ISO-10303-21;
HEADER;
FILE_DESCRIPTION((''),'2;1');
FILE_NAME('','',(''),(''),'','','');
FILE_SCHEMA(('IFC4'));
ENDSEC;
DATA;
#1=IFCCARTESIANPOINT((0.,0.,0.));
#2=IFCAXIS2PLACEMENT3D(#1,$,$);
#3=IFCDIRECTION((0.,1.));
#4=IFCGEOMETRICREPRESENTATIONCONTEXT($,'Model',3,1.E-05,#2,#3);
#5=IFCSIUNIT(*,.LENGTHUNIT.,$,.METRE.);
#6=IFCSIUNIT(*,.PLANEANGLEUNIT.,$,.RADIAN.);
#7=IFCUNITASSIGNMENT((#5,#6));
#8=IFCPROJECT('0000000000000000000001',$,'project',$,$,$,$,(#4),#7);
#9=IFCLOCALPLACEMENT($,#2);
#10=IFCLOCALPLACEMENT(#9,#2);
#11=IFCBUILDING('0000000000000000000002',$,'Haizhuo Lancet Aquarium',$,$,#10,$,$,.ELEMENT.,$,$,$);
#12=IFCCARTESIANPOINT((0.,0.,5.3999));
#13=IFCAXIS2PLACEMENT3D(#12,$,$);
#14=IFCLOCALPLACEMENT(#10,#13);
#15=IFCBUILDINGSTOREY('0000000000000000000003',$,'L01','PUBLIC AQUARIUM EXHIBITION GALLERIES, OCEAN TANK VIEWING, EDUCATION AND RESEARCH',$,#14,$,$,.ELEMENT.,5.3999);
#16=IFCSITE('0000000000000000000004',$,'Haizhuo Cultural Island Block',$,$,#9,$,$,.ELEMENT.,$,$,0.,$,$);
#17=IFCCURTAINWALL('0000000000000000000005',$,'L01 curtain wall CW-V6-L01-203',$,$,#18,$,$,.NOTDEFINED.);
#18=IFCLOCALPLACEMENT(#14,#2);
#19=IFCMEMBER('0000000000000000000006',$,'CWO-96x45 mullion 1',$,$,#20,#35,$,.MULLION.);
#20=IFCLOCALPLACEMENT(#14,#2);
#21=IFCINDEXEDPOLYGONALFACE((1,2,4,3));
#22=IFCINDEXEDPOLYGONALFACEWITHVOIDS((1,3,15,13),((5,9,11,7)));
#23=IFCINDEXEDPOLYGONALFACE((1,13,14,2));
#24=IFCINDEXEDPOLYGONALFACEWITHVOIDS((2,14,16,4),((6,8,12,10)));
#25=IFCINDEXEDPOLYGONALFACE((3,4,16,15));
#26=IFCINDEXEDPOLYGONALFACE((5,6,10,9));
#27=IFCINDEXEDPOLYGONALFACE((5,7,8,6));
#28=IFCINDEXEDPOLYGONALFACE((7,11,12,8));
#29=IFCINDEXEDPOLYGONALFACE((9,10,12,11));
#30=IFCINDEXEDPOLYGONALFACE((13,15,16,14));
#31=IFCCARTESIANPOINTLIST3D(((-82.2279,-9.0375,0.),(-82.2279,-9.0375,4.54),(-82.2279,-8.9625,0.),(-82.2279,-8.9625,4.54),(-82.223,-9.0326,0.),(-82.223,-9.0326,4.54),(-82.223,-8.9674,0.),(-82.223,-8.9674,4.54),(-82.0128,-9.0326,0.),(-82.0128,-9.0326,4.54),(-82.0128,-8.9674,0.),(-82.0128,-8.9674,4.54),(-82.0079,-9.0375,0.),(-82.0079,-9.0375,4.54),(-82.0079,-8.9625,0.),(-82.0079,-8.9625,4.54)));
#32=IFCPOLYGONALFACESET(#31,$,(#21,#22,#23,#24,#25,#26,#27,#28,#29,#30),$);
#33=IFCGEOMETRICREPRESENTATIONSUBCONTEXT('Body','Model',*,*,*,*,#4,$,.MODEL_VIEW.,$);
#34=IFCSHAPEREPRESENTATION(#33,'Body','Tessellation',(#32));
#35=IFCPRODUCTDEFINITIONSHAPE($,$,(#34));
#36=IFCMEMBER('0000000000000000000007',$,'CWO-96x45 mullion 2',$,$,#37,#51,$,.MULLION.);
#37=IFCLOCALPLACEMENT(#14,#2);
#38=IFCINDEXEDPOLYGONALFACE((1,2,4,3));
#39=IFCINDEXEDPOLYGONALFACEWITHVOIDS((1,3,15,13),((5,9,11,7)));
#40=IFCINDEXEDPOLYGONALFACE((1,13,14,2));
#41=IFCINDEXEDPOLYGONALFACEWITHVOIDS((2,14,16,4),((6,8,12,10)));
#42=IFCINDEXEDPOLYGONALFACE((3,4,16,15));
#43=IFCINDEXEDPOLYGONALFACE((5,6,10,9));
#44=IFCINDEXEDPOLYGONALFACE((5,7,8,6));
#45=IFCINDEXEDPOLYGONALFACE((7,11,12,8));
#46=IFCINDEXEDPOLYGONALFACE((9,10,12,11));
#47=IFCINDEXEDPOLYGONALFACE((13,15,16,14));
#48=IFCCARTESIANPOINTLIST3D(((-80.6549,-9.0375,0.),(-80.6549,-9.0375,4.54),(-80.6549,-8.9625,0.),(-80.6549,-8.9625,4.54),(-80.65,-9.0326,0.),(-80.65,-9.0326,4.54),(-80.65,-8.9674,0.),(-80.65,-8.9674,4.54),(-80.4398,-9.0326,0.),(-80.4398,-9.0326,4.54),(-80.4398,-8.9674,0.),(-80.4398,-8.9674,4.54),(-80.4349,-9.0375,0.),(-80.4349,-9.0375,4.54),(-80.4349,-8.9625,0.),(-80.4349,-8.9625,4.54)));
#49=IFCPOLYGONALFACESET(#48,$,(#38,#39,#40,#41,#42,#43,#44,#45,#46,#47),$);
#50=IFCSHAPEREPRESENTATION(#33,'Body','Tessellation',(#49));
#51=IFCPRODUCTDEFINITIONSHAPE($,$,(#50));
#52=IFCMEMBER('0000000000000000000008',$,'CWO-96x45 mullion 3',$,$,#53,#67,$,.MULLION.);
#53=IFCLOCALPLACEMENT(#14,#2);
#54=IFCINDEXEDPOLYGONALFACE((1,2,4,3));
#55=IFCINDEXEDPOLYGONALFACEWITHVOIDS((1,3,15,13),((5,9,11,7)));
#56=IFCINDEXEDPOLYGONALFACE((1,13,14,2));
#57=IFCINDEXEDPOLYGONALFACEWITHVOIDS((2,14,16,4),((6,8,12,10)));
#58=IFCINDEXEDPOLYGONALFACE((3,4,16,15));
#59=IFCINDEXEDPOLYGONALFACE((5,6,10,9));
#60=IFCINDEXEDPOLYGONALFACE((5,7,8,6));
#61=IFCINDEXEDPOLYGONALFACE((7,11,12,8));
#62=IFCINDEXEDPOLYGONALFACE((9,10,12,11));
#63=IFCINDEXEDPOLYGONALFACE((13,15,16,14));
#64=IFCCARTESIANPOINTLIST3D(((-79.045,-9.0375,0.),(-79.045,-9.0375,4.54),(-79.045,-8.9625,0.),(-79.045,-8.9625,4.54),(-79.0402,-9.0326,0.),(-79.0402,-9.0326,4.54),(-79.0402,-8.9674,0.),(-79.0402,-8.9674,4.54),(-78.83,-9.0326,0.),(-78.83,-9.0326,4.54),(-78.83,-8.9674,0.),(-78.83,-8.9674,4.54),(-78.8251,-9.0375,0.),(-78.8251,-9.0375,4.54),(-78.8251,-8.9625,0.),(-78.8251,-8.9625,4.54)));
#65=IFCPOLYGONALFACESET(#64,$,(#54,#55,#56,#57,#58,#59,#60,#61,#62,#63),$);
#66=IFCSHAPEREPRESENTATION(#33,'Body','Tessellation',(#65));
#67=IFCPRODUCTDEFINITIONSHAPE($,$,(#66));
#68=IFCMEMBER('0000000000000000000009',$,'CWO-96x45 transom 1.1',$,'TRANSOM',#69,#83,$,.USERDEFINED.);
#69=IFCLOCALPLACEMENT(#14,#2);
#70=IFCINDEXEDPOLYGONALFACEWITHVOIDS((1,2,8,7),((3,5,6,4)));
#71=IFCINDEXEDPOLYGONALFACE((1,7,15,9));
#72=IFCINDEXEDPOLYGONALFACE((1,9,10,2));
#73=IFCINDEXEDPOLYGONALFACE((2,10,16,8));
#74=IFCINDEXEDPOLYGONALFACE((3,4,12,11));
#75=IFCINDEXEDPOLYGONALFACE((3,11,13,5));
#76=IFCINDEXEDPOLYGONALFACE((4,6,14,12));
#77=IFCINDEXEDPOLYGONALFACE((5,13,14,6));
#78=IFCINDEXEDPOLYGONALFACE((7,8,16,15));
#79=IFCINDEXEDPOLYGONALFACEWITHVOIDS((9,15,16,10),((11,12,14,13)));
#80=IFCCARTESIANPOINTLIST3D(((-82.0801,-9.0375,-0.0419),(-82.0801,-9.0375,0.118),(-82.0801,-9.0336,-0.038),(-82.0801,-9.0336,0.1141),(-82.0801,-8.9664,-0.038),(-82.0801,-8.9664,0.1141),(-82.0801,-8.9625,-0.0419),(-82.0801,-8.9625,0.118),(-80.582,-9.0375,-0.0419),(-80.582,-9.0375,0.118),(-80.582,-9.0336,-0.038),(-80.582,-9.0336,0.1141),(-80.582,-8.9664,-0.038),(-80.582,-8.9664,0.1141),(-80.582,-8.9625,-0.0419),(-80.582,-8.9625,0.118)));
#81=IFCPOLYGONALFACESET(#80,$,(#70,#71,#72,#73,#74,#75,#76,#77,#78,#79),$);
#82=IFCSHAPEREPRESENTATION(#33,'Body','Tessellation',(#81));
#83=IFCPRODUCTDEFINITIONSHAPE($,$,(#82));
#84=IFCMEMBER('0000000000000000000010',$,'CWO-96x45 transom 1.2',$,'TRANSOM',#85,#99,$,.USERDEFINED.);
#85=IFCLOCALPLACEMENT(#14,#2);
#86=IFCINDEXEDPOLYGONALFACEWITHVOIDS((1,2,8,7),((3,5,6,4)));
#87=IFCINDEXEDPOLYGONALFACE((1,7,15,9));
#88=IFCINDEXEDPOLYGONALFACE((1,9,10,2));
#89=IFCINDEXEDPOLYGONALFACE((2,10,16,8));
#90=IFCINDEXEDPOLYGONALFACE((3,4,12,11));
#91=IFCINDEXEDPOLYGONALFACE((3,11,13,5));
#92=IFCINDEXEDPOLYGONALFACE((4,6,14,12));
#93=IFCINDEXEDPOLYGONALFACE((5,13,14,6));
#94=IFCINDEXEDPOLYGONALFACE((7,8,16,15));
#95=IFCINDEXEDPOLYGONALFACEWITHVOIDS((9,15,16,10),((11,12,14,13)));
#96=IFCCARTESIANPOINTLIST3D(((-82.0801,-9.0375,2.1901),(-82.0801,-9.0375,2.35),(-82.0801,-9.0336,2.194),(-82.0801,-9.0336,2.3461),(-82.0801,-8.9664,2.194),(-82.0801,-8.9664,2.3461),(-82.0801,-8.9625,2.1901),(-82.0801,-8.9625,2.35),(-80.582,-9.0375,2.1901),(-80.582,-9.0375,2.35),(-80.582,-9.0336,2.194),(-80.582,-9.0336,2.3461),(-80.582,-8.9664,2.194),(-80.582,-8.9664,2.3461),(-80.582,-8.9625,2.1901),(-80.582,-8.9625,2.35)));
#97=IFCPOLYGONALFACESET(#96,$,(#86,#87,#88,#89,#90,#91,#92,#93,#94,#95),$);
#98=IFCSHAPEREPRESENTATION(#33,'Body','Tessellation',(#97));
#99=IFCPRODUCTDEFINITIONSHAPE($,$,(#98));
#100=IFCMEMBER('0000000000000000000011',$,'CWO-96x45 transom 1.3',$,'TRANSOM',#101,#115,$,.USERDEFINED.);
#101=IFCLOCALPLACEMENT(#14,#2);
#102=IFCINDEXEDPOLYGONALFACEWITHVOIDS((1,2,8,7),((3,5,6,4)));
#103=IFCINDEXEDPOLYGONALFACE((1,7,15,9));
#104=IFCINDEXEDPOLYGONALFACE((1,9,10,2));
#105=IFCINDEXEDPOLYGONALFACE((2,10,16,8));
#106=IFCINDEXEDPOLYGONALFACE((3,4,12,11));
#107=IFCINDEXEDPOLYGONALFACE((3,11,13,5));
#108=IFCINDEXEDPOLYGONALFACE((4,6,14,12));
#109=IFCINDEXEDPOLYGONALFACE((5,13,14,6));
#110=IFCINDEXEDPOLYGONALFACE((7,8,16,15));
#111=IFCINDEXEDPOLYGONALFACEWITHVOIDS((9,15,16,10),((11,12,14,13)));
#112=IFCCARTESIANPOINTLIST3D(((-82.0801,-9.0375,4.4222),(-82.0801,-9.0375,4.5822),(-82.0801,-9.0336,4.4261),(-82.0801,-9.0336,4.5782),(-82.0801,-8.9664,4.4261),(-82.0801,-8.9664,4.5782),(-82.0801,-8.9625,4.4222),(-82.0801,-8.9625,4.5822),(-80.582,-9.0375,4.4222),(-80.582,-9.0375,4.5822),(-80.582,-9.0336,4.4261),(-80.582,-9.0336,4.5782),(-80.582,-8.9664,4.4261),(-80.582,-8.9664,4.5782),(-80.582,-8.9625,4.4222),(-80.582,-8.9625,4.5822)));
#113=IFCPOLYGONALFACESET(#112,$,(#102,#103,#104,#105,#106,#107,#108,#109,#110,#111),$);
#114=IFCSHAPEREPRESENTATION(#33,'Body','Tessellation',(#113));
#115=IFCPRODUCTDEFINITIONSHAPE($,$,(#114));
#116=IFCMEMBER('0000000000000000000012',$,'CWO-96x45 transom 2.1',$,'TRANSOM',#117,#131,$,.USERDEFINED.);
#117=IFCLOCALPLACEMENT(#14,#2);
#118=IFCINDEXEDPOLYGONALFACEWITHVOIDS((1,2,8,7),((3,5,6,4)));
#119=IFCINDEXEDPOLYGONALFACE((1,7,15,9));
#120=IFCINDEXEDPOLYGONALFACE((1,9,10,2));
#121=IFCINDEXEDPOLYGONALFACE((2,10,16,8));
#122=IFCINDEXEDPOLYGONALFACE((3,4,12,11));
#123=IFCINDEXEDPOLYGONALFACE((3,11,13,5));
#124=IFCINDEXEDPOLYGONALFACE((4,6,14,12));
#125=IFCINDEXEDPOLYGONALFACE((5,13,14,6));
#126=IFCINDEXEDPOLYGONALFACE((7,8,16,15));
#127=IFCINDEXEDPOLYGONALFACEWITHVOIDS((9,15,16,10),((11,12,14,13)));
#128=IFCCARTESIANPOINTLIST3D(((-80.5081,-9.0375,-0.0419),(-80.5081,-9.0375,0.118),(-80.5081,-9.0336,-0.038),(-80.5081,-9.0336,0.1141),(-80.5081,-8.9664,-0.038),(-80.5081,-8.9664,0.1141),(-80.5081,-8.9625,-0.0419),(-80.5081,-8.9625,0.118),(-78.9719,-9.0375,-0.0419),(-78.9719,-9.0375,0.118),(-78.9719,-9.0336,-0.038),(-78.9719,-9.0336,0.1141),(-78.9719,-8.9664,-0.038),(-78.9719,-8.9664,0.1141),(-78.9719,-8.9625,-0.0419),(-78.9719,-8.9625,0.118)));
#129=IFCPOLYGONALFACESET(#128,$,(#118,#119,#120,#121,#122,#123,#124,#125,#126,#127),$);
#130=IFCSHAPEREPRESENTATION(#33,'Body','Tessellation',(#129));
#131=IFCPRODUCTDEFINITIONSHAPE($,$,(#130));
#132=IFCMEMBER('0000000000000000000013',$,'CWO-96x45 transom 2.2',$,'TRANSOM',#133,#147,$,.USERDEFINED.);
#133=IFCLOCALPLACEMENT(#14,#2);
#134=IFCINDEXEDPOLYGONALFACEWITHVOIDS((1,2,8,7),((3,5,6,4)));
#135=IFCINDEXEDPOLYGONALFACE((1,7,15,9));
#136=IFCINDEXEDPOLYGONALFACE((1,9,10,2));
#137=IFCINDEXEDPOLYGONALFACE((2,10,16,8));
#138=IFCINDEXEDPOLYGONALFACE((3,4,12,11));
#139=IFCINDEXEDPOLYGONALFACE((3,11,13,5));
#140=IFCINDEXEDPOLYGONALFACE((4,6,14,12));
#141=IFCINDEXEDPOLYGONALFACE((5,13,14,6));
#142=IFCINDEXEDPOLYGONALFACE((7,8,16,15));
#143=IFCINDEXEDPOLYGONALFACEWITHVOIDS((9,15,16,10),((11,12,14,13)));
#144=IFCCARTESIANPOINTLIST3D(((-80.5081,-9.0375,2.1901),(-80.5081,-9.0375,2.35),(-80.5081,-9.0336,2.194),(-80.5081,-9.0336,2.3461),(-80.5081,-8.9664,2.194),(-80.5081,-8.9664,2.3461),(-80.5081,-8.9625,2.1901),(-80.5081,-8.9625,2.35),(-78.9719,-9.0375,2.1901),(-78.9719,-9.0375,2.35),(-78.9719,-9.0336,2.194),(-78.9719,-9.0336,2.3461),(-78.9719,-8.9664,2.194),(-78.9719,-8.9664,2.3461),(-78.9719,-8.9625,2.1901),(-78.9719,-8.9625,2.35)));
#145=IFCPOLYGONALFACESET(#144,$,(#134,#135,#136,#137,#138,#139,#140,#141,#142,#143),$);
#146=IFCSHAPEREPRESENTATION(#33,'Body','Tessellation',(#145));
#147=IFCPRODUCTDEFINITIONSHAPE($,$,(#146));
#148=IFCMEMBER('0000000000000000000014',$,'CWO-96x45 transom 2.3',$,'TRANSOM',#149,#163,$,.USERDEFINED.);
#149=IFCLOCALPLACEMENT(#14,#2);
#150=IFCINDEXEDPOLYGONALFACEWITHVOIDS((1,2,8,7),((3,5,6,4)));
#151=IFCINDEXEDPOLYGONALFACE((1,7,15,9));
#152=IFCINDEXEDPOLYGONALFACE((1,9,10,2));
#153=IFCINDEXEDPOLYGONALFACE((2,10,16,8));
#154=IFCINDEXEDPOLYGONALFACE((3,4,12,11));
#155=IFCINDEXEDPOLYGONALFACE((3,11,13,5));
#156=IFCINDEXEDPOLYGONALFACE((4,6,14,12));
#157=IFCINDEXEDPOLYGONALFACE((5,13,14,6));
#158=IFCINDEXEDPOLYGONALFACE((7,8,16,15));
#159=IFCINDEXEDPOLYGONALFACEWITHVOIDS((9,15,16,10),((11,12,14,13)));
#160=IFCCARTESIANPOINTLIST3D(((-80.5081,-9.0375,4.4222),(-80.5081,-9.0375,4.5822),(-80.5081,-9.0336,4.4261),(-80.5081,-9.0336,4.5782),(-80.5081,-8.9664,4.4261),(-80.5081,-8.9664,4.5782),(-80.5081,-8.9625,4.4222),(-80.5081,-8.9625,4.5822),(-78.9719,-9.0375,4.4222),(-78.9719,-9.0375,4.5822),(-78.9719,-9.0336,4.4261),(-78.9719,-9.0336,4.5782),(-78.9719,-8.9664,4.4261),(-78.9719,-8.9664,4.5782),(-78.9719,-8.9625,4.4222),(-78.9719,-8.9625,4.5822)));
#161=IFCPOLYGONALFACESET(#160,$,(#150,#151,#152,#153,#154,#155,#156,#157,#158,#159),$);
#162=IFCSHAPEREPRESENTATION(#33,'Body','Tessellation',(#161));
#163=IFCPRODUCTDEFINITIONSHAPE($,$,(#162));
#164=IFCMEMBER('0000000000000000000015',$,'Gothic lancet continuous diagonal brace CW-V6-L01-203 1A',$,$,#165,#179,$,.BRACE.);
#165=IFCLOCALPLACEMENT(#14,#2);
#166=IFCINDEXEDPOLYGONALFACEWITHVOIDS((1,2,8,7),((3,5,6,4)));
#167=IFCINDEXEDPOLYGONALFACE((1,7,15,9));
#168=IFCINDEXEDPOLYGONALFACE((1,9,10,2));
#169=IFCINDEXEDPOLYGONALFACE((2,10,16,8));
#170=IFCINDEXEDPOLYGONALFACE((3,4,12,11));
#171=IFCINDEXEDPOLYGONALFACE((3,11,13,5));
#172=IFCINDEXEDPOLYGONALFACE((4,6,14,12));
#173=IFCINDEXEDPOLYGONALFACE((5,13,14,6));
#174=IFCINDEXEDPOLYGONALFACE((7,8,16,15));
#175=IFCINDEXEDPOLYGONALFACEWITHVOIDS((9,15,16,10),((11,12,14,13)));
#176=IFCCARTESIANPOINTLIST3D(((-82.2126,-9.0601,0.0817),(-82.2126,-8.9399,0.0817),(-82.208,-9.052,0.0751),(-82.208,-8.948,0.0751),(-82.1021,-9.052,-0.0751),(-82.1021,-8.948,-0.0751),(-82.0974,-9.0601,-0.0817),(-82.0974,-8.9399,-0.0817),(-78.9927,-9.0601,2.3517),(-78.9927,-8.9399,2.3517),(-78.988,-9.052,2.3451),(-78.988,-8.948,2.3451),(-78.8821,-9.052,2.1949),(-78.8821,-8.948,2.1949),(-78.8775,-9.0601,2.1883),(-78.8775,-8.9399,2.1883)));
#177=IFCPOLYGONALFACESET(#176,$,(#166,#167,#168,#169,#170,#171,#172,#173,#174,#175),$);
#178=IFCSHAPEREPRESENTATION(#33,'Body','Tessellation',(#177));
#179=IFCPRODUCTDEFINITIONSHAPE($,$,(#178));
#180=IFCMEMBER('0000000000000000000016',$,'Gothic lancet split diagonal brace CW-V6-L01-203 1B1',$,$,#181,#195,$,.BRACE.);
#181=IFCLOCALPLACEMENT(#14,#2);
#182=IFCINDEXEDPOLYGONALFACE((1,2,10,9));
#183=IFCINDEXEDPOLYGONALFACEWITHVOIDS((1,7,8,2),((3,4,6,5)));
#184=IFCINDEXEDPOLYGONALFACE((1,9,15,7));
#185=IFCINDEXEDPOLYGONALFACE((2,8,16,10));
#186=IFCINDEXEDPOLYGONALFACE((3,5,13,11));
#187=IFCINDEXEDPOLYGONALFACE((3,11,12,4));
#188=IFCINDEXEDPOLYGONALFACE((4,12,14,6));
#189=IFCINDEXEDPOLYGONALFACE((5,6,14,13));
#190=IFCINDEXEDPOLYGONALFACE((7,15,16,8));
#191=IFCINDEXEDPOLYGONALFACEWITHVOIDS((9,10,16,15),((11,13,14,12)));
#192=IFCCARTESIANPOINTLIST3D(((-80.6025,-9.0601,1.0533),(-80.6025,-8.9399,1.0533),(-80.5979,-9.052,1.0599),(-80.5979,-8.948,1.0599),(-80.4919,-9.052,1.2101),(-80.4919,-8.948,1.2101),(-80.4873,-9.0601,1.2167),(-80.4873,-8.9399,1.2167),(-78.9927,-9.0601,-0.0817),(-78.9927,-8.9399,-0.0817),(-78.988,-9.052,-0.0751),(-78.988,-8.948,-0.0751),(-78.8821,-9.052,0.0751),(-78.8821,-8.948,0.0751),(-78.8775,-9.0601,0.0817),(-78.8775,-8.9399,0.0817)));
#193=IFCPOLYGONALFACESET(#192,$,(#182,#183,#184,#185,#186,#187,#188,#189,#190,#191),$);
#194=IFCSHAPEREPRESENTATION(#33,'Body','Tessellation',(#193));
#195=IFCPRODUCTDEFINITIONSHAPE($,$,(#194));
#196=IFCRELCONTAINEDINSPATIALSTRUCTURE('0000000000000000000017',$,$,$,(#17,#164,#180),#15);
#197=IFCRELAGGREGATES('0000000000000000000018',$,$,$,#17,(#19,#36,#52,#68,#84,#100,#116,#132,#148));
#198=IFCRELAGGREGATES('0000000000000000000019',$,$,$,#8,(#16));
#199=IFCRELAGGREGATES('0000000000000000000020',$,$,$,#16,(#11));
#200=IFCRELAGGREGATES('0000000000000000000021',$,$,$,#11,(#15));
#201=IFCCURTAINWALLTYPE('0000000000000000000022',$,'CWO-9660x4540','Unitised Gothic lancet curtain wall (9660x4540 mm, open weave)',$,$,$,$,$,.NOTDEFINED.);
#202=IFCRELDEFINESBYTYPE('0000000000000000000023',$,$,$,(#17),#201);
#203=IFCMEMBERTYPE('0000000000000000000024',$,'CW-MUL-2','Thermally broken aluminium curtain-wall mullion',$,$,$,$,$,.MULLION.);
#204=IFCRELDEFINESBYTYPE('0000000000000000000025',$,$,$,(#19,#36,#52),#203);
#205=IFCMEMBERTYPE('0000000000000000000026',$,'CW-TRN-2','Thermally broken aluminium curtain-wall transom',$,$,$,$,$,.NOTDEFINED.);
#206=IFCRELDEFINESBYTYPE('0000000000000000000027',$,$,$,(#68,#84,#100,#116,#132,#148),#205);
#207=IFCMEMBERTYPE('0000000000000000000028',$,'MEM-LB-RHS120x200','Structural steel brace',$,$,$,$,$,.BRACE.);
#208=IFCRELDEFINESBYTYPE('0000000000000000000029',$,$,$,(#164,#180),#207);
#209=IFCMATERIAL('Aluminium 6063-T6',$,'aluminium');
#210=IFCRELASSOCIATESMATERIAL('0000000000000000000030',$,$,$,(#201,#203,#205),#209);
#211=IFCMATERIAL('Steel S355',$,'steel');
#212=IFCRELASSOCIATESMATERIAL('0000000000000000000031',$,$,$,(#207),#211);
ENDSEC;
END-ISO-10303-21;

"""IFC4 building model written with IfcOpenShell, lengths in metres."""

from ifc_helpers import new_model, si_unit, direction, frame, origin, origin_2d, place, context, subcontext, project, spatial, hollow_rectangle, extrude, material, material_profile, profile_set, type_object, element, aggregate, save


model = new_model("IFC4")

# Units and contexts
model_context = context("Model", 3, precision=1e-05, world=origin(), true_north=direction((0.0, 1.0)))
body_context = subcontext(model_context, "Body", "Model", "MODEL_VIEW")
ifc_project = project(units=[si_unit("LENGTHUNIT", "METRE"), si_unit("PLANEANGLEUNIT", "RADIAN")], contexts=[model_context])

# Site, building, storey
site_placement = place(None, origin())
site = spatial("IfcSite", under=ifc_project, at=site_placement, Name="Haizhuo Cultural Island Block", CompositionType="ELEMENT", RefElevation=0.0)
building_placement = place(site_placement, origin())
building = spatial("IfcBuilding", under=site, at=building_placement, Name="Haizhuo Lancet Aquarium", CompositionType="ELEMENT")
storey_placement = place(building_placement, frame((0.0, 0.0, 5.3999)))
storey = spatial("IfcBuildingStorey", under=building, at=storey_placement, Name="L01", Description="PUBLIC AQUARIUM EXHIBITION GALLERIES, OCEAN TANK VIEWING, EDUCATION AND RESEARCH", CompositionType="ELEMENT", Elevation=5.3999)

# Curtain wall, members
ifc_material_1 = material(Name="Aluminium 6063-T6", Category="aluminium")
curtain_wall_type = type_object("IfcCurtainWallType", Name="CWO-9660x4540", Description="Unitised Gothic lancet curtain wall (9660x4540 mm, open weave)", PredefinedType="NOTDEFINED", material=ifc_material_1)
curtain_wall_placement = place(storey_placement, origin())
curtain_wall = element("IfcCurtainWall", 1, at=curtain_wall_placement, inside=storey, type_object=curtain_wall_type, Name="L01 curtain wall CW-V6-L01-203", PredefinedType="NOTDEFINED")
ifc_material_profile_1 = material_profile(ifc_material_1, hollow_rectangle(XDim=0.075, YDim=0.22, WallThickness=0.0049, at=origin_2d()), Name="ALU-M 75x220x5")
ifc_profile_set_1 = profile_set([ifc_material_profile_1], Name="Aluminium 6063-T6")
member_type_1 = type_object("IfcMemberType", Name="CW-MUL-2", Description="Thermally broken aluminium curtain-wall mullion", PredefinedType="MULLION", material=ifc_profile_set_1)
member_1_placement = place(storey_placement, frame((-82.1179, -9.0, 0.0), z_axis=(0.0, 0.0, 1.0), x_axis=(0.0, 1.0, 0.0)))
member_1 = element("IfcMember", 2, at=member_1_placement, type_object=member_type_1, Name="CWO-96x45 mullion 1", PredefinedType="MULLION", context=body_context, shape_type="SweptSolid", body=[
    extrude(hollow_rectangle(XDim=0.075, YDim=0.22, WallThickness=0.0049, at=origin_2d()), origin(), (0.0, 0.0, 1.0), 4.54),
])
member_2_placement = place(storey_placement, frame((-80.5449, -9.0, 0.0), z_axis=(0.0, 0.0, 1.0), x_axis=(0.0, 1.0, 0.0)))
member_2 = element("IfcMember", 3, at=member_2_placement, type_object=member_type_1, Name="CWO-96x45 mullion 2", PredefinedType="MULLION", context=body_context, shape_type="SweptSolid", body=[
    extrude(hollow_rectangle(XDim=0.075, YDim=0.22, WallThickness=0.0049, at=origin_2d()), origin(), (0.0, 0.0, 1.0), 4.54),
])
member_3_placement = place(storey_placement, frame((-78.9351, -9.0, 0.0), z_axis=(0.0, 0.0, 1.0), x_axis=(0.0, 1.0, 0.0)))
member_3 = element("IfcMember", 4, at=member_3_placement, type_object=member_type_1, Name="CWO-96x45 mullion 3", PredefinedType="MULLION", context=body_context, shape_type="SweptSolid", body=[
    extrude(hollow_rectangle(XDim=0.075, YDim=0.22, WallThickness=0.0049, at=origin_2d()), origin(), (0.0, 0.0, 1.0), 4.54),
])
ifc_material_profile_2 = material_profile(ifc_material_1, hollow_rectangle(XDim=0.075, YDim=0.1599, WallThickness=0.0039, at=origin_2d()), Name="ALU-T 75x160x4")
ifc_profile_set_2 = profile_set([ifc_material_profile_2], Name="Aluminium 6063-T6")
member_type_2 = type_object("IfcMemberType", Name="CW-TRN-2", Description="Thermally broken aluminium curtain-wall transom", PredefinedType="NOTDEFINED", material=ifc_profile_set_2)
member_4_placement = place(storey_placement, frame((-82.0801, -9.0, 0.0381), z_axis=(1.0, 0.0, 0.0), x_axis=(0.0, 1.0, 0.0)))
member_4 = element("IfcMember", 5, at=member_4_placement, type_object=member_type_2, Name="CWO-96x45 transom 1.1", ObjectType="TRANSOM", PredefinedType="USERDEFINED", context=body_context, shape_type="SweptSolid", body=[
    extrude(hollow_rectangle(XDim=0.075, YDim=0.1599, WallThickness=0.0039, at=origin_2d()), origin(), (0.0, 0.0, 1.0), 1.498),
])
member_5_placement = place(storey_placement, frame((-82.0801, -9.0, 2.27), z_axis=(1.0, 0.0, 0.0), x_axis=(0.0, 1.0, 0.0)))
member_5 = element("IfcMember", 6, at=member_5_placement, type_object=member_type_2, Name="CWO-96x45 transom 1.2", ObjectType="TRANSOM", PredefinedType="USERDEFINED", context=body_context, shape_type="SweptSolid", body=[
    extrude(hollow_rectangle(XDim=0.075, YDim=0.1599, WallThickness=0.0039, at=origin_2d()), origin(), (0.0, 0.0, 1.0), 1.498),
])
member_6_placement = place(storey_placement, frame((-82.0801, -9.0, 4.5022), z_axis=(1.0, 0.0, 0.0), x_axis=(0.0, 1.0, 0.0)))
member_6 = element("IfcMember", 7, at=member_6_placement, type_object=member_type_2, Name="CWO-96x45 transom 1.3", ObjectType="TRANSOM", PredefinedType="USERDEFINED", context=body_context, shape_type="SweptSolid", body=[
    extrude(hollow_rectangle(XDim=0.075, YDim=0.1599, WallThickness=0.0039, at=origin_2d()), origin(), (0.0, 0.0, 1.0), 1.498),
])
member_7_placement = place(storey_placement, frame((-80.5081, -9.0, 0.0381), z_axis=(1.0, 0.0, 0.0), x_axis=(0.0, 1.0, 0.0)))
member_7 = element("IfcMember", 8, at=member_7_placement, type_object=member_type_2, Name="CWO-96x45 transom 2.1", ObjectType="TRANSOM", PredefinedType="USERDEFINED", context=body_context, shape_type="SweptSolid", body=[
    extrude(hollow_rectangle(XDim=0.075, YDim=0.1599, WallThickness=0.0039, at=origin_2d()), origin(), (0.0, 0.0, 1.0), 1.5361),
])
member_8_placement = place(storey_placement, frame((-80.5081, -9.0, 2.27), z_axis=(1.0, 0.0, 0.0), x_axis=(0.0, 1.0, 0.0)))
member_8 = element("IfcMember", 9, at=member_8_placement, type_object=member_type_2, Name="CWO-96x45 transom 2.2", ObjectType="TRANSOM", PredefinedType="USERDEFINED", context=body_context, shape_type="SweptSolid", body=[
    extrude(hollow_rectangle(XDim=0.075, YDim=0.1599, WallThickness=0.0039, at=origin_2d()), origin(), (0.0, 0.0, 1.0), 1.5361),
])
member_9_placement = place(storey_placement, frame((-80.5081, -9.0, 4.5022), z_axis=(1.0, 0.0, 0.0), x_axis=(0.0, 1.0, 0.0)))
member_9 = element("IfcMember", 10, at=member_9_placement, type_object=member_type_2, Name="CWO-96x45 transom 2.3", ObjectType="TRANSOM", PredefinedType="USERDEFINED", context=body_context, shape_type="SweptSolid", body=[
    extrude(hollow_rectangle(XDim=0.075, YDim=0.1599, WallThickness=0.0039, at=origin_2d()), origin(), (0.0, 0.0, 1.0), 1.5361),
])

# Members
ifc_material_2 = material(Name="Steel S355", Category="steel")
ifc_material_profile_3 = material_profile(ifc_material_2, hollow_rectangle(XDim=0.1201, YDim=0.2, WallThickness=0.0081, at=origin_2d()), Name="RHS 120x200x8")
ifc_profile_set_3 = profile_set([ifc_material_profile_3], Name="Steel S355")
member_type_3 = type_object("IfcMemberType", Name="MEM-LB-RHS120x200", Description="Structural steel brace", PredefinedType="BRACE", material=ifc_profile_set_3)
member_10_placement = place(storey_placement, frame((-82.155, -9.0, 0.0), z_axis=(0.817315, 0.0, 0.576192), x_axis=(0.0, 1.0, 0.0)))
element("IfcMember", 11, at=member_10_placement, inside=storey, type_object=member_type_3, Name="Gothic lancet continuous diagonal brace CW-V6-L01-203 1A", PredefinedType="BRACE", context=body_context, shape_type="SweptSolid", body=[
    extrude(hollow_rectangle(XDim=0.1201, YDim=0.2, WallThickness=0.0081, at=origin_2d()), origin(), (0.0, 0.0, 1.0), 3.9397),
])
member_11_placement = place(storey_placement, frame((-78.9351, -9.0, 0.0), z_axis=(-0.817294, 0.0, 0.576221), x_axis=(0.0, -1.0, 0.0)))
element("IfcMember", 12, at=member_11_placement, inside=storey, type_object=member_type_3, Name="Gothic lancet split diagonal brace CW-V6-L01-203 1B1", PredefinedType="BRACE", context=body_context, shape_type="SweptSolid", body=[
    extrude(hollow_rectangle(XDim=0.1201, YDim=0.2, WallThickness=0.0081, at=origin_2d()), origin(), (0.0, 0.0, 1.0), 1.9697),
])

aggregate(curtain_wall, [member_1, member_2, member_3, member_4, member_5, member_6, member_7, member_8, member_9])

save(model, "model.ifc")
